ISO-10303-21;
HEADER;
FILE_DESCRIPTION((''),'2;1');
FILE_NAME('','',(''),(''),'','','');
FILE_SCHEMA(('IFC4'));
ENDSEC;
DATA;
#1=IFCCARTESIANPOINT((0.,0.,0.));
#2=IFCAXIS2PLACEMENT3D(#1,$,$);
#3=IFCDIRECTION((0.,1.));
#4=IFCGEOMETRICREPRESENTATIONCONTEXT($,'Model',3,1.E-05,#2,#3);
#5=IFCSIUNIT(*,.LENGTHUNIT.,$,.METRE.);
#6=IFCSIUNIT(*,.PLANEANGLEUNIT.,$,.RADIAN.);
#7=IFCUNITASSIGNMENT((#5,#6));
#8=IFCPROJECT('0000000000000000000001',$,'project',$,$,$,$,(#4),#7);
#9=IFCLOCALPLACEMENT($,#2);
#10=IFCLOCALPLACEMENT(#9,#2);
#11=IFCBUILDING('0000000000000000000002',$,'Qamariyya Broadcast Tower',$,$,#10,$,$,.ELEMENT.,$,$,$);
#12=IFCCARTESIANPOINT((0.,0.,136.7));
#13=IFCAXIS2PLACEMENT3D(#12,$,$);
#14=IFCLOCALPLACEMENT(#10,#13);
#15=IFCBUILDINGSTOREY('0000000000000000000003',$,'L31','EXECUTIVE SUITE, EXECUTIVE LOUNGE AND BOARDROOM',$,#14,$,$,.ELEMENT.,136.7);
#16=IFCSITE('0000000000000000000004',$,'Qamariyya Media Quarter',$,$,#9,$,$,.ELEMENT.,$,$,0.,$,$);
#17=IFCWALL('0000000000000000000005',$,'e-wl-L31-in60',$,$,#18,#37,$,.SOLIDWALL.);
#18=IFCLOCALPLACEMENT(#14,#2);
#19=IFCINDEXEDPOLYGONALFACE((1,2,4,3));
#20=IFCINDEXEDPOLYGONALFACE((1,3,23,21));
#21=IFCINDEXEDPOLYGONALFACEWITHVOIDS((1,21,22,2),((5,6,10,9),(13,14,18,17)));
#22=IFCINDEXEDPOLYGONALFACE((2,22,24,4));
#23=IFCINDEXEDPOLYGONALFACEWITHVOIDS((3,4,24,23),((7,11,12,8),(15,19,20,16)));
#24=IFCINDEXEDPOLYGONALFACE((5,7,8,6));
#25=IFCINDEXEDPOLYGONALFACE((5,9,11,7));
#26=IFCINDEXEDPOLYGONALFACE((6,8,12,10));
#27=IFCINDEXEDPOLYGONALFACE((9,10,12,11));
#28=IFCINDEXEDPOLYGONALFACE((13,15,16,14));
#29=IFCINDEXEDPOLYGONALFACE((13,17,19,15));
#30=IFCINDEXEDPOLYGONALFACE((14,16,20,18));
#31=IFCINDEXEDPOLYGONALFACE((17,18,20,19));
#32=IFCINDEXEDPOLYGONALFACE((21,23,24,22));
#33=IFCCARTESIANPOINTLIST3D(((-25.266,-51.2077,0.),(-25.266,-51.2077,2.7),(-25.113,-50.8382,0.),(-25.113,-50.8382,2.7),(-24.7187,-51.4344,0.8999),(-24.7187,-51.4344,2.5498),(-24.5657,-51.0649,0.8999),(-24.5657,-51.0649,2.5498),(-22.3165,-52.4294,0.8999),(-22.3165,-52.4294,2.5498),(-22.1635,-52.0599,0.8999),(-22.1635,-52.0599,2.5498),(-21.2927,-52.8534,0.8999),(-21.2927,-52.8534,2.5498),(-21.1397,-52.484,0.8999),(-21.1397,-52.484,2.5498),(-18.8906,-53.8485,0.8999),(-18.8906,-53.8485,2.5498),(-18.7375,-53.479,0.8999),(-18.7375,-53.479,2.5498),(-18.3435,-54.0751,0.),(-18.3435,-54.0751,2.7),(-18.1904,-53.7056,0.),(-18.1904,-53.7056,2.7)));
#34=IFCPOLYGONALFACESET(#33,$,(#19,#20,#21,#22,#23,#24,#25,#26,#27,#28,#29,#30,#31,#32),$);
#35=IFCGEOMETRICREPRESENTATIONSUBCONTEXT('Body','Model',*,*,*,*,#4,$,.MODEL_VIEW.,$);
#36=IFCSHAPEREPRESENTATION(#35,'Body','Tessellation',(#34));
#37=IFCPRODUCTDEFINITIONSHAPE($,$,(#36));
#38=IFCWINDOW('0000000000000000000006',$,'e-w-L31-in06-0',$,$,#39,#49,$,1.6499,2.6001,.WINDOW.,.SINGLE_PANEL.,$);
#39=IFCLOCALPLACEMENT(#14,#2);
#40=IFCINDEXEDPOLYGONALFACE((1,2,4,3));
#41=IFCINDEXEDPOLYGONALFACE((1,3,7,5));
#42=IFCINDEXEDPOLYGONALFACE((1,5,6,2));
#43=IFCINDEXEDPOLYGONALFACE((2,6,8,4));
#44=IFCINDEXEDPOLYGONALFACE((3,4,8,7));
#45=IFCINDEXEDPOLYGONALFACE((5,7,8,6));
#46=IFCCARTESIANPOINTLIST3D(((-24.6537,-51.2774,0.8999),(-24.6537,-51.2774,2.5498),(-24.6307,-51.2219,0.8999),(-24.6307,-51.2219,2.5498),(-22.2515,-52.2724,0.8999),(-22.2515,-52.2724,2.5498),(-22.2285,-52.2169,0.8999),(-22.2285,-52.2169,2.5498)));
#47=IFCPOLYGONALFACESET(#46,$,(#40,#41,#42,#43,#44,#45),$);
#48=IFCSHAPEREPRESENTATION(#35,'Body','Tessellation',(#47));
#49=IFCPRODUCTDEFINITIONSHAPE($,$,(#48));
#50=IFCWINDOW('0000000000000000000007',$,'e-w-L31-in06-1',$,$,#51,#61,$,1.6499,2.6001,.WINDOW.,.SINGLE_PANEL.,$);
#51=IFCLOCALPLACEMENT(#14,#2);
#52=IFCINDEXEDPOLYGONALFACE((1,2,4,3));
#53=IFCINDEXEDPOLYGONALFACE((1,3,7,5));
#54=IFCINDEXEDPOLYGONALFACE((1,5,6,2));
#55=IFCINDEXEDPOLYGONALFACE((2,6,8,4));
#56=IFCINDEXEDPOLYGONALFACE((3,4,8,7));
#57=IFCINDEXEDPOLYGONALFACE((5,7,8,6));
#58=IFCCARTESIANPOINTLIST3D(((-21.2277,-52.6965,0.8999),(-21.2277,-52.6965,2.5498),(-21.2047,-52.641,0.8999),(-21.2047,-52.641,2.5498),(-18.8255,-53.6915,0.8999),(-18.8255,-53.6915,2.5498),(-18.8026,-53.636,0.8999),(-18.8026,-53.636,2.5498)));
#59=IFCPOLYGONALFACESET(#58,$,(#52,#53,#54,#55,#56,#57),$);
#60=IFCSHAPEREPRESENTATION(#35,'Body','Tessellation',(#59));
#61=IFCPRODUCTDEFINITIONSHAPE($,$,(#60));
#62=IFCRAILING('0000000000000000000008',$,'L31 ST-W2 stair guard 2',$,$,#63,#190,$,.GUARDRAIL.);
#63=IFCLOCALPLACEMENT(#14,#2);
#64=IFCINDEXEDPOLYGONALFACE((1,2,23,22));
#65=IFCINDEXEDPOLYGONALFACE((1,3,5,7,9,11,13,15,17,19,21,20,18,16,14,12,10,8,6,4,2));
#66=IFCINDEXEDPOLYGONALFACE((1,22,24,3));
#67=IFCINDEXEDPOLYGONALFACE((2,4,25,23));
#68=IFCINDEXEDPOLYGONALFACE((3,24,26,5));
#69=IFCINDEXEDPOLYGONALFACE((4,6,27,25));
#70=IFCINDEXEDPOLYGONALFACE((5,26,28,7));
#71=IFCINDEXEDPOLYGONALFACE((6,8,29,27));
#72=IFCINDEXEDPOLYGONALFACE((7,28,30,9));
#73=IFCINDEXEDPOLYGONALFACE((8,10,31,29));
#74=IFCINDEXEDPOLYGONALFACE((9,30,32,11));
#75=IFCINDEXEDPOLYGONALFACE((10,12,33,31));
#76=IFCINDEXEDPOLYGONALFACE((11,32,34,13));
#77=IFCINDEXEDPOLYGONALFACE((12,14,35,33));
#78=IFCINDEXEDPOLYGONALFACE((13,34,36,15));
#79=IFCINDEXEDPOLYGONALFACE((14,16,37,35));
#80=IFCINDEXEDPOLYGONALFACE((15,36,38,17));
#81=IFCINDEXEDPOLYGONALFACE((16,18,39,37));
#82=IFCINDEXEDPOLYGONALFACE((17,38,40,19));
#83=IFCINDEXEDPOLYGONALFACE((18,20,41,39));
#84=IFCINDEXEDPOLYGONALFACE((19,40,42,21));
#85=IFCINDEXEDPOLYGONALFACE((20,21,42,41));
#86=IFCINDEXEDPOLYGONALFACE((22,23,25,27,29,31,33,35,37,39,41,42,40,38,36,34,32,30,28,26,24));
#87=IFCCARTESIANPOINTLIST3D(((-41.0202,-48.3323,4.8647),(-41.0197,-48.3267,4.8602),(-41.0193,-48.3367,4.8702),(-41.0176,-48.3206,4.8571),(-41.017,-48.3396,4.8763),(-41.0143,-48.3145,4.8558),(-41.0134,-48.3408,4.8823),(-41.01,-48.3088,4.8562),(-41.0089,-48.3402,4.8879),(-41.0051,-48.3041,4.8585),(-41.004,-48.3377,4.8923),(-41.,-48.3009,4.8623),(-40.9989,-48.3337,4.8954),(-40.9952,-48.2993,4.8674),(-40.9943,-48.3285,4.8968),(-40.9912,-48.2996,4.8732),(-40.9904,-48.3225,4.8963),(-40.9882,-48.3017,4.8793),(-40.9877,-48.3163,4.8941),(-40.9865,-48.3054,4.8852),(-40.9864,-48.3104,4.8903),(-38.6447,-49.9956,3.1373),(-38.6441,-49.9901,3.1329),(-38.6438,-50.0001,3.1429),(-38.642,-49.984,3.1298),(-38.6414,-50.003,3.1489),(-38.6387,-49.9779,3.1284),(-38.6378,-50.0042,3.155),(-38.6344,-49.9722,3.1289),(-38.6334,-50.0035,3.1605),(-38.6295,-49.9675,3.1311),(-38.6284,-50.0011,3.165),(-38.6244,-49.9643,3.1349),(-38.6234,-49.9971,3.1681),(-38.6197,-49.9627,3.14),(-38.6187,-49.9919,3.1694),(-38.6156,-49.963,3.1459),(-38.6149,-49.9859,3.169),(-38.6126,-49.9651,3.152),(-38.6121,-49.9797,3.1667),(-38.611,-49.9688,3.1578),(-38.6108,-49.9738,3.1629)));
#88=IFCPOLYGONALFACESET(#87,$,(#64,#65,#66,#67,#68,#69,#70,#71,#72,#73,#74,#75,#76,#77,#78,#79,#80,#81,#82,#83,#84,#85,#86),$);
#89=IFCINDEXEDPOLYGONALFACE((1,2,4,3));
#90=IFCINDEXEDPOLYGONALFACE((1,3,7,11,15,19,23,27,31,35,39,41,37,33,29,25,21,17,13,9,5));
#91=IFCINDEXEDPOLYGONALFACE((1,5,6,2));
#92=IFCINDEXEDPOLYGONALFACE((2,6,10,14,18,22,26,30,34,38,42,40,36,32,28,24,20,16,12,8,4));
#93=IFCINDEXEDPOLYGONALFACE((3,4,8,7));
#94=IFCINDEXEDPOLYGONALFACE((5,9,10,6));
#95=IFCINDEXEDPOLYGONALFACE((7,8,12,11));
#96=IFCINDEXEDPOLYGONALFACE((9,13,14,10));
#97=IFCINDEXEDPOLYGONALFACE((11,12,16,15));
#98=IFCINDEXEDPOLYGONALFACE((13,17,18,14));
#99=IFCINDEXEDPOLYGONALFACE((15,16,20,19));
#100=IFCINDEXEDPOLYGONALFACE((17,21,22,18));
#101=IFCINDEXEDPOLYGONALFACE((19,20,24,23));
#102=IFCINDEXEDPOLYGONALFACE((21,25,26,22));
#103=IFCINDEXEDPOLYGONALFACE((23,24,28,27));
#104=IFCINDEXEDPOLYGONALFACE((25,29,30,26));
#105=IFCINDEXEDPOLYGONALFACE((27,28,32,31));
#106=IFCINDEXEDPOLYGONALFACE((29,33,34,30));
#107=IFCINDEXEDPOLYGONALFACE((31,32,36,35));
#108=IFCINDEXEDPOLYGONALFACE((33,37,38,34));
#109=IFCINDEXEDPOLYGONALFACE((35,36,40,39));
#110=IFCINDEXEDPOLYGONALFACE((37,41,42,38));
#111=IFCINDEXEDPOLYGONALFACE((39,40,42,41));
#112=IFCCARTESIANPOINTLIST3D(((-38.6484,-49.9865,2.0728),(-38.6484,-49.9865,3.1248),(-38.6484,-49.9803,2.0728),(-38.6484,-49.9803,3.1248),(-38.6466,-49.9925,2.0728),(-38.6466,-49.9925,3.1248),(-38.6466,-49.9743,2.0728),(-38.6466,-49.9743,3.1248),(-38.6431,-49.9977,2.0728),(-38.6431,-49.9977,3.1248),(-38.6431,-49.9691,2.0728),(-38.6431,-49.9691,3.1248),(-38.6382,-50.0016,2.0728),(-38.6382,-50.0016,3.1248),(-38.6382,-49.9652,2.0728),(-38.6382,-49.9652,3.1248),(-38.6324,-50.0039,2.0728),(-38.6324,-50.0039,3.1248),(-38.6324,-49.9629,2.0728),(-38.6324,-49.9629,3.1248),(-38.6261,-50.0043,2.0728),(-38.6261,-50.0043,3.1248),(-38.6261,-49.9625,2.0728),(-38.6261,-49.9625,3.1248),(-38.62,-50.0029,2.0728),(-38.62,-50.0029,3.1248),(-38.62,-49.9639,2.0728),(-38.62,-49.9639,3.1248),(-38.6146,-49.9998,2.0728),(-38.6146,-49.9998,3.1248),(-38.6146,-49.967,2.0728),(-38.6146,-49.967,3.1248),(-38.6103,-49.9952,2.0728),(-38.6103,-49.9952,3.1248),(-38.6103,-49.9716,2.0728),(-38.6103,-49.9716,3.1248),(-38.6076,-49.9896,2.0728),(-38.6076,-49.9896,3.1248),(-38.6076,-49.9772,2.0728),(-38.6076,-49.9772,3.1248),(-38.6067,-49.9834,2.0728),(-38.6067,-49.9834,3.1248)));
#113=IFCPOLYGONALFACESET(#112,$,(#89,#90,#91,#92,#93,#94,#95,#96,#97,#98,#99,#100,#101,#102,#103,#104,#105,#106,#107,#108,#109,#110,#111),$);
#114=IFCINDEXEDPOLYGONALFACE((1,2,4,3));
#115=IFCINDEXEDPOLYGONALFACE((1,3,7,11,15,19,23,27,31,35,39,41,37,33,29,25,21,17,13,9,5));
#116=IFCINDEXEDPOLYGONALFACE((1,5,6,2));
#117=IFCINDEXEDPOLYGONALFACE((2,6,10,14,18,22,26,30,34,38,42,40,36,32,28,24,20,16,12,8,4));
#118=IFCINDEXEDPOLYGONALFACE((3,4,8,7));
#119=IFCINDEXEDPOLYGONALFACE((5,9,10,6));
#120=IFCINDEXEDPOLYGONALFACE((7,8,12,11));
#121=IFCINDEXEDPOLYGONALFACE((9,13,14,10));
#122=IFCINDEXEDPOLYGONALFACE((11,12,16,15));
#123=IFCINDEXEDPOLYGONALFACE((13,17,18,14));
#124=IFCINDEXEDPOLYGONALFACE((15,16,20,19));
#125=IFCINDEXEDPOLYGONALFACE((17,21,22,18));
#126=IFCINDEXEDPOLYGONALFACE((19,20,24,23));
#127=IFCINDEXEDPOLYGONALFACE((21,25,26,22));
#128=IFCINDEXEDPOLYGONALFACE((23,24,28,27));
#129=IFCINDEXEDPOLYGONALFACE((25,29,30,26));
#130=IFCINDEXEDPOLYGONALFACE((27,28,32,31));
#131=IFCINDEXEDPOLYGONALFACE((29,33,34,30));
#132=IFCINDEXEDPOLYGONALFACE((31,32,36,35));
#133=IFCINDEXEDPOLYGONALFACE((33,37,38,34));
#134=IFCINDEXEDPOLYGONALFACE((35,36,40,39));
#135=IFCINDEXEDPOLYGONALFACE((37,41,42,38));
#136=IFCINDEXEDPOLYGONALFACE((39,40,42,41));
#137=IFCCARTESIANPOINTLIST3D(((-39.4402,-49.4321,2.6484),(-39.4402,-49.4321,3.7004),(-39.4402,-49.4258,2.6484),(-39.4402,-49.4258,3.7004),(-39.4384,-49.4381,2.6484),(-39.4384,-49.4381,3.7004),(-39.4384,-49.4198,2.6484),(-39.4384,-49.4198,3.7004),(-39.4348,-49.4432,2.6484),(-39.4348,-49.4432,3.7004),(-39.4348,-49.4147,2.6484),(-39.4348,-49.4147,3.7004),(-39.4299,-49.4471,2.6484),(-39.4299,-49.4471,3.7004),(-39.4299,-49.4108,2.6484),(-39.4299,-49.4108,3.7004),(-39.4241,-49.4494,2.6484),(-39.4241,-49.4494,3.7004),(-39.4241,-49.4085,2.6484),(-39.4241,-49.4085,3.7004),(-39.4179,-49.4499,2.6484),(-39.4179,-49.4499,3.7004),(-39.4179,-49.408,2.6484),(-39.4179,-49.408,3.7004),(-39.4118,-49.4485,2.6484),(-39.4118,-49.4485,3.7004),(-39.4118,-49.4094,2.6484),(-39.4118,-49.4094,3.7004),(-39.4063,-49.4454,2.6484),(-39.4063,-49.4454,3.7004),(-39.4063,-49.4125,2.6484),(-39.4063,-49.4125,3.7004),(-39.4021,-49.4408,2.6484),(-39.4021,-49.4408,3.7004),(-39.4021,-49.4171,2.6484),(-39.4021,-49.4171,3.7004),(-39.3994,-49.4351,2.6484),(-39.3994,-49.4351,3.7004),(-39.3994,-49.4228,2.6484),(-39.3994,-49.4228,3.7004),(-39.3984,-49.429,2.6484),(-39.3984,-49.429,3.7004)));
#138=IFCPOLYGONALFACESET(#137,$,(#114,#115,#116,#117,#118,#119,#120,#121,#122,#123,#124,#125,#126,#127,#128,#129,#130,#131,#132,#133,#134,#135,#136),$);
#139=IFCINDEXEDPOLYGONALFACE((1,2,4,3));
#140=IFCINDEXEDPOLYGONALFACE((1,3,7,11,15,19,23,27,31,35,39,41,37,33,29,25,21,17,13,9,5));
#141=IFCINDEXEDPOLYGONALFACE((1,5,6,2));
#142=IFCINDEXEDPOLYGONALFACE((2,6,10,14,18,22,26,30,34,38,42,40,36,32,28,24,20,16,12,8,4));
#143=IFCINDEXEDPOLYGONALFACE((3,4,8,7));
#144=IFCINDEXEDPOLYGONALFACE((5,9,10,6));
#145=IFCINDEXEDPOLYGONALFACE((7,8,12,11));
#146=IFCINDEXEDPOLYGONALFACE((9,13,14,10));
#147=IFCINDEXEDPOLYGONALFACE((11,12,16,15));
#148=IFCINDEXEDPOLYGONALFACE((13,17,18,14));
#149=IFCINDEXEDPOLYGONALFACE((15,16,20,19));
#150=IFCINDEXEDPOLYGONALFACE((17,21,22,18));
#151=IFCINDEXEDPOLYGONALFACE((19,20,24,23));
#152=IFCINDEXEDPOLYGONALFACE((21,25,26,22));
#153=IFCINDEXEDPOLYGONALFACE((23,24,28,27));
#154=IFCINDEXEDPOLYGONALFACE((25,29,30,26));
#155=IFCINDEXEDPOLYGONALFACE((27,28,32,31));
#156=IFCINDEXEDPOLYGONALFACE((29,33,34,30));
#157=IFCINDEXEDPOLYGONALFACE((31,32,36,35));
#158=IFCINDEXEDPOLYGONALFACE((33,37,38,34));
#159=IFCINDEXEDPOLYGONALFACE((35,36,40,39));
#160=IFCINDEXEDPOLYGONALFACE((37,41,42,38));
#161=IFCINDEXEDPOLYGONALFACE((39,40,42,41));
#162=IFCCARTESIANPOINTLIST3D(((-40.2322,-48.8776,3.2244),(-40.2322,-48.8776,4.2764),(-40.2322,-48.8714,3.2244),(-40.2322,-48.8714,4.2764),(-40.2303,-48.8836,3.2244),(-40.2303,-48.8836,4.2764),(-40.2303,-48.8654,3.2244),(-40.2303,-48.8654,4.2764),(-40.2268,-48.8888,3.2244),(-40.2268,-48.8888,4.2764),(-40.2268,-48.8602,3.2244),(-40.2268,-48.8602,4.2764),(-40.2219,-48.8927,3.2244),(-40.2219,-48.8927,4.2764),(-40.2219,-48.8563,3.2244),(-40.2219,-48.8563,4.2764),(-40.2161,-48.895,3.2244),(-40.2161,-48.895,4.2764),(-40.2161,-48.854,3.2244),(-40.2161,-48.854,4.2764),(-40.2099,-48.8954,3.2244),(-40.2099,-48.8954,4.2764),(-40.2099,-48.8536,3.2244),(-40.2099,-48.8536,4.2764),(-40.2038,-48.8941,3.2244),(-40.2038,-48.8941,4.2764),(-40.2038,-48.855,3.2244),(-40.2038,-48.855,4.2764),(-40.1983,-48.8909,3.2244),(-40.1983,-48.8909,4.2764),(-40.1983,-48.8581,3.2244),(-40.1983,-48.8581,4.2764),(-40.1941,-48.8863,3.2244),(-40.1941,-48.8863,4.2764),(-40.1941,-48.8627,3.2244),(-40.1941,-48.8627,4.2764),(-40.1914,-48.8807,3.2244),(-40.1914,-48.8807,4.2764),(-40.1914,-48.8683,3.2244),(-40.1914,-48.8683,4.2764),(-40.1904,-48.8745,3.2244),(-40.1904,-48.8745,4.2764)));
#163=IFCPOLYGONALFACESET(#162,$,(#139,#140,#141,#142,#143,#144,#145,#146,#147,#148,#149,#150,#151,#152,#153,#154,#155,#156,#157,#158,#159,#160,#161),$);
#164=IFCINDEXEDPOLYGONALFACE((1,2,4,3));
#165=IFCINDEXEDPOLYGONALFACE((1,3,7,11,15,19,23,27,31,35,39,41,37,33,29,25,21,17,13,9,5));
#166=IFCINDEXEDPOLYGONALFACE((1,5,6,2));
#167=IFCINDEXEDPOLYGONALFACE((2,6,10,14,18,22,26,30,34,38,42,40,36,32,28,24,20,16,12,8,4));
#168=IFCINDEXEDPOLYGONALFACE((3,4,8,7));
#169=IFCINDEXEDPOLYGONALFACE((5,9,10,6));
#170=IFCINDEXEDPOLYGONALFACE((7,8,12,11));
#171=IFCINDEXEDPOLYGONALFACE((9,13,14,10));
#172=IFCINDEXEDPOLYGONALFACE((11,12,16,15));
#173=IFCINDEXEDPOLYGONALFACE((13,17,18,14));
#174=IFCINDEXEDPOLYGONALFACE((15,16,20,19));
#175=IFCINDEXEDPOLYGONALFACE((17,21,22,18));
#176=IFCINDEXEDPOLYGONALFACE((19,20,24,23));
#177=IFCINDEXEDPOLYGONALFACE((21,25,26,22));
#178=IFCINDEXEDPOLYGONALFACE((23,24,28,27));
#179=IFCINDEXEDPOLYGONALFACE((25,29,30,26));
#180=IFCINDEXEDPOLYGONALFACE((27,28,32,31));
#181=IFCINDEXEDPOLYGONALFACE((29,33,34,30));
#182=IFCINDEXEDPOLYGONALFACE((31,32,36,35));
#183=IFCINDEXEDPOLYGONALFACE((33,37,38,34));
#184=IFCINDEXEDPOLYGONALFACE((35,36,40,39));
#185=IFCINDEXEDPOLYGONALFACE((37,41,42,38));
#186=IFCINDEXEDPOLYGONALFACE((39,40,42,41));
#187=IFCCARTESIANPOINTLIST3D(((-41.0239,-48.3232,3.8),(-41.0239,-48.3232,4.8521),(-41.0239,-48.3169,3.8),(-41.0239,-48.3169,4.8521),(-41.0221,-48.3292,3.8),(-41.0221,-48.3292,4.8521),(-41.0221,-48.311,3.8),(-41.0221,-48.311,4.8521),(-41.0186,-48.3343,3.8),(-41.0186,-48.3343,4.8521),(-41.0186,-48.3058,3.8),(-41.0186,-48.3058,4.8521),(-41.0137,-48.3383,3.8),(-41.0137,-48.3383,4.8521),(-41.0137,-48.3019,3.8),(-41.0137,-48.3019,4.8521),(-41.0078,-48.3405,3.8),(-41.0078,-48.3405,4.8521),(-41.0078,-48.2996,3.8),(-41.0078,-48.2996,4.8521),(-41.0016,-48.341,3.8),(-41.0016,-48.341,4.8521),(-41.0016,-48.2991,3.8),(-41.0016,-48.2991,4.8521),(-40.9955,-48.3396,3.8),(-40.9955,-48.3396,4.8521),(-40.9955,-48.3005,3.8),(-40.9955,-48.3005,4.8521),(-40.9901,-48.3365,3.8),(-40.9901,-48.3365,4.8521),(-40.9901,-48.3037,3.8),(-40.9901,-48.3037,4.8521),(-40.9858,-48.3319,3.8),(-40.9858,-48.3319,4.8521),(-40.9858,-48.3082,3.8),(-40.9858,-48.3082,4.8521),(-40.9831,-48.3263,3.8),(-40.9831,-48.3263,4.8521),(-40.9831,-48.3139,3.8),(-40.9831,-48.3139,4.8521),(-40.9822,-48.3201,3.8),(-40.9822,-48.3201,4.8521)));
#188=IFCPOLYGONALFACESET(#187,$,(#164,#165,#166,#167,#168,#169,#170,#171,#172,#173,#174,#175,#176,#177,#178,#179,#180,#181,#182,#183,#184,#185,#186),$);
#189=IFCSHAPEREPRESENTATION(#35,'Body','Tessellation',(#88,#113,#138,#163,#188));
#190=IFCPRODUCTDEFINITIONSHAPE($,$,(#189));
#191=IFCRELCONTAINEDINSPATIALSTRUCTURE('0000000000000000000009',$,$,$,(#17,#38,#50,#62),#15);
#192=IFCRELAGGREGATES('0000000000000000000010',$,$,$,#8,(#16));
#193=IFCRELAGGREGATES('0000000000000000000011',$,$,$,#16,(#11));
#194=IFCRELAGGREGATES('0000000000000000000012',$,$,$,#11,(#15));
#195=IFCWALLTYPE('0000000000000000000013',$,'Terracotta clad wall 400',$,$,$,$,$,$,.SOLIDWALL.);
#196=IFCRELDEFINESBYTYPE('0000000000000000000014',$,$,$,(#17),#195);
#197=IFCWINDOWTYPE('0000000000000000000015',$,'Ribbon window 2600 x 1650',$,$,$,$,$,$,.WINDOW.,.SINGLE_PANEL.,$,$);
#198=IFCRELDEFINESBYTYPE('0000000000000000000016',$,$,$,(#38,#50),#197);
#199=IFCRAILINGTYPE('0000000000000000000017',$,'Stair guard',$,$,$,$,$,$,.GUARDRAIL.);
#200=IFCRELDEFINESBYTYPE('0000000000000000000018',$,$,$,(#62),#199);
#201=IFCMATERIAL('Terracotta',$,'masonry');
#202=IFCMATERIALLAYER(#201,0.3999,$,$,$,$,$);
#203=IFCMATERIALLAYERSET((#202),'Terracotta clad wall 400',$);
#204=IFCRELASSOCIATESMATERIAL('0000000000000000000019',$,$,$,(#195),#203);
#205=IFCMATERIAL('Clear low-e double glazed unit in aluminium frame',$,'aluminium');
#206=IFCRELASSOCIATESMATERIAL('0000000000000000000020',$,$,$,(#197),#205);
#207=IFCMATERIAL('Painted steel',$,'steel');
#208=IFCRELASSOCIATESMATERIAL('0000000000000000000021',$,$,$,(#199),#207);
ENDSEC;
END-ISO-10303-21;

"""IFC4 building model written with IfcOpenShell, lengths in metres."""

from ifc_helpers import new_model, si_unit, direction, frame, frame_2d, origin, origin_2d, place, context, subcontext, project, spatial, rectangle, circle, extrude, material, layer, layer_set, type_object, element, fill, save


model = new_model("IFC4")

# Units and contexts
model_context = context("Model", 3, precision=1e-05, world=origin(), true_north=direction((0.0, 1.0)))
body_context = subcontext(model_context, "Body", "Model", "MODEL_VIEW")
ifc_project = project(units=[si_unit("LENGTHUNIT", "METRE"), si_unit("PLANEANGLEUNIT", "RADIAN")], contexts=[model_context])

# Site, building, storey
site_placement = place(None, origin())
site = spatial("IfcSite", under=ifc_project, at=site_placement, Name="Qamariyya Media Quarter", CompositionType="ELEMENT", RefElevation=0.0)
building_placement = place(site_placement, origin())
building = spatial("IfcBuilding", under=site, at=building_placement, Name="Qamariyya Broadcast Tower", CompositionType="ELEMENT")
storey_placement = place(building_placement, frame((0.0, 0.0, 136.7)))
storey = spatial("IfcBuildingStorey", under=building, at=storey_placement, Name="L31", Description="EXECUTIVE SUITE, EXECUTIVE LOUNGE AND BOARDROOM", CompositionType="ELEMENT", Elevation=136.7)

# Wall, openings, windows
ifc_material_1 = material(Name="Terracotta", Category="masonry")
ifc_layer_1 = layer(ifc_material_1, 0.3999)
ifc_layer_set_1 = layer_set([ifc_layer_1], Name="Terracotta clad wall 400")
wall_type_1 = type_object("IfcWallType", Name="Terracotta clad wall 400", PredefinedType="SOLIDWALL", material=ifc_layer_set_1)
ifc_material_2 = material(Name="Clear low-e double glazed unit in aluminium frame", Category="aluminium")
window_type = type_object("IfcWindowType", Name="Ribbon window 2600 x 1650", PartitioningType="SINGLE_PANEL", PredefinedType="WINDOW", material=ifc_material_2)
wall_1_placement = place(storey_placement, frame((-18.2668, -53.8904, 0.0), z_axis=(0.0, 0.0, 1.0), x_axis=(-0.92388, 0.382683, 0.0)))
wall_1 = element("IfcWall", 1, at=wall_1_placement, inside=storey, type_object=wall_type_1, Name="e-wl-L31-in60", PredefinedType="SOLIDWALL", context=body_context, shape_type="SweptSolid", body=[
    extrude(rectangle(XDim=7.4929, YDim=0.3999, at=frame_2d((3.7466, 0.0))), origin(), (0.0, 0.0, 1.0), 2.7),
])
opening_1_placement = place(wall_1_placement, frame((4.3005, 0.0, 0.8999)))
opening_1 = element("IfcOpeningElement", 2, at=opening_1_placement, cuts=wall_1, PredefinedType="OPENING", context=body_context, shape_type="SweptSolid", body=[
    extrude(rectangle(XDim=2.6001, YDim=1.6499, at=frame_2d((1.3, 0.825))), frame((0.0, 0.21, 0.0), z_axis=(0.0, -1.0, 0.0), x_axis=(1.0, 0.0, 0.0)), (0.0, 0.0, 1.0), 0.4199),
])
opening_2_placement = place(wall_1_placement, frame((0.5923, 0.0, 0.8999)))
opening_2 = element("IfcOpeningElement", 3, at=opening_2_placement, cuts=wall_1, PredefinedType="OPENING", context=body_context, shape_type="SweptSolid", body=[
    extrude(rectangle(XDim=2.6001, YDim=1.6499, at=frame_2d((1.3, 0.825))), frame((0.0, 0.21, 0.0), z_axis=(0.0, -1.0, 0.0), x_axis=(1.0, 0.0, 0.0)), (0.0, 0.0, 1.0), 0.4199),
])
window_1_placement = place(opening_1_placement, origin())
window_1 = element("IfcWindow", 4, at=window_1_placement, inside=storey, type_object=window_type, Name="e-w-L31-in06-0", OverallHeight=1.6499, OverallWidth=2.6001, PartitioningType="SINGLE_PANEL", PredefinedType="WINDOW", context=body_context, shape_type="SweptSolid", body=[
    extrude(rectangle(XDim=2.6001, YDim=1.6499, at=frame_2d((1.3, 0.825))), frame((0.0, 0.03, 0.0), z_axis=(0.0, -1.0, 0.0), x_axis=(1.0, 0.0, 0.0)), (0.0, 0.0, 1.0), 0.0601),
])
fill(opening_1, window_1)
window_2_placement = place(opening_2_placement, origin())
window_2 = element("IfcWindow", 5, at=window_2_placement, inside=storey, type_object=window_type, Name="e-w-L31-in06-1", OverallHeight=1.6499, OverallWidth=2.6001, PartitioningType="SINGLE_PANEL", PredefinedType="WINDOW", context=body_context, shape_type="SweptSolid", body=[
    extrude(rectangle(XDim=2.6001, YDim=1.6499, at=frame_2d((1.3, 0.825))), frame((0.0, 0.03, 0.0), z_axis=(0.0, -1.0, 0.0), x_axis=(1.0, 0.0, 0.0)), (0.0, 0.0, 1.0), 0.0601),
])
fill(opening_2, window_2)

# Railing
ifc_material_3 = material(Name="Painted steel", Category="steel")
railing_type_1 = type_object("IfcRailingType", Name="Stair guard", PredefinedType="GUARDRAIL", material=ifc_material_3)
railing_1_placement = place(storey_placement, frame((-38.6277, -49.9834, 2.0728)))
element("IfcRailing", 6, at=railing_1_placement, inside=storey, type_object=railing_type_1, Name="L31 ST-W2 stair guard 2", PredefinedType="GUARDRAIL", context=body_context, shape_type="SweptSolid", body=[
    extrude(circle(Radius=0.0239, at=origin_2d()), frame((0.0, 0.0, 1.0762), z_axis=(-0.70377, 0.492784, 0.511734), x_axis=(-0.573575, -0.819153, 0.0)), (0.0, 0.0, 1.0), 3.3755),
    extrude(circle(Radius=0.021, at=origin_2d()), origin(), (0.0, 0.0, 1.0), 1.052),
    extrude(circle(Radius=0.021, at=origin_2d()), frame((-0.7917, 0.5544, 0.5757)), (0.0, 0.0, 1.0), 1.052),
    extrude(circle(Radius=0.021, at=origin_2d()), frame((-1.5837, 1.1089, 1.1516)), (0.0, 0.0, 1.0), 1.052),
    extrude(circle(Radius=0.021, at=origin_2d()), frame((-2.3755, 1.6633, 1.7273)), (0.0, 0.0, 1.0), 1.052),
])

save(model, "model.ifc")
